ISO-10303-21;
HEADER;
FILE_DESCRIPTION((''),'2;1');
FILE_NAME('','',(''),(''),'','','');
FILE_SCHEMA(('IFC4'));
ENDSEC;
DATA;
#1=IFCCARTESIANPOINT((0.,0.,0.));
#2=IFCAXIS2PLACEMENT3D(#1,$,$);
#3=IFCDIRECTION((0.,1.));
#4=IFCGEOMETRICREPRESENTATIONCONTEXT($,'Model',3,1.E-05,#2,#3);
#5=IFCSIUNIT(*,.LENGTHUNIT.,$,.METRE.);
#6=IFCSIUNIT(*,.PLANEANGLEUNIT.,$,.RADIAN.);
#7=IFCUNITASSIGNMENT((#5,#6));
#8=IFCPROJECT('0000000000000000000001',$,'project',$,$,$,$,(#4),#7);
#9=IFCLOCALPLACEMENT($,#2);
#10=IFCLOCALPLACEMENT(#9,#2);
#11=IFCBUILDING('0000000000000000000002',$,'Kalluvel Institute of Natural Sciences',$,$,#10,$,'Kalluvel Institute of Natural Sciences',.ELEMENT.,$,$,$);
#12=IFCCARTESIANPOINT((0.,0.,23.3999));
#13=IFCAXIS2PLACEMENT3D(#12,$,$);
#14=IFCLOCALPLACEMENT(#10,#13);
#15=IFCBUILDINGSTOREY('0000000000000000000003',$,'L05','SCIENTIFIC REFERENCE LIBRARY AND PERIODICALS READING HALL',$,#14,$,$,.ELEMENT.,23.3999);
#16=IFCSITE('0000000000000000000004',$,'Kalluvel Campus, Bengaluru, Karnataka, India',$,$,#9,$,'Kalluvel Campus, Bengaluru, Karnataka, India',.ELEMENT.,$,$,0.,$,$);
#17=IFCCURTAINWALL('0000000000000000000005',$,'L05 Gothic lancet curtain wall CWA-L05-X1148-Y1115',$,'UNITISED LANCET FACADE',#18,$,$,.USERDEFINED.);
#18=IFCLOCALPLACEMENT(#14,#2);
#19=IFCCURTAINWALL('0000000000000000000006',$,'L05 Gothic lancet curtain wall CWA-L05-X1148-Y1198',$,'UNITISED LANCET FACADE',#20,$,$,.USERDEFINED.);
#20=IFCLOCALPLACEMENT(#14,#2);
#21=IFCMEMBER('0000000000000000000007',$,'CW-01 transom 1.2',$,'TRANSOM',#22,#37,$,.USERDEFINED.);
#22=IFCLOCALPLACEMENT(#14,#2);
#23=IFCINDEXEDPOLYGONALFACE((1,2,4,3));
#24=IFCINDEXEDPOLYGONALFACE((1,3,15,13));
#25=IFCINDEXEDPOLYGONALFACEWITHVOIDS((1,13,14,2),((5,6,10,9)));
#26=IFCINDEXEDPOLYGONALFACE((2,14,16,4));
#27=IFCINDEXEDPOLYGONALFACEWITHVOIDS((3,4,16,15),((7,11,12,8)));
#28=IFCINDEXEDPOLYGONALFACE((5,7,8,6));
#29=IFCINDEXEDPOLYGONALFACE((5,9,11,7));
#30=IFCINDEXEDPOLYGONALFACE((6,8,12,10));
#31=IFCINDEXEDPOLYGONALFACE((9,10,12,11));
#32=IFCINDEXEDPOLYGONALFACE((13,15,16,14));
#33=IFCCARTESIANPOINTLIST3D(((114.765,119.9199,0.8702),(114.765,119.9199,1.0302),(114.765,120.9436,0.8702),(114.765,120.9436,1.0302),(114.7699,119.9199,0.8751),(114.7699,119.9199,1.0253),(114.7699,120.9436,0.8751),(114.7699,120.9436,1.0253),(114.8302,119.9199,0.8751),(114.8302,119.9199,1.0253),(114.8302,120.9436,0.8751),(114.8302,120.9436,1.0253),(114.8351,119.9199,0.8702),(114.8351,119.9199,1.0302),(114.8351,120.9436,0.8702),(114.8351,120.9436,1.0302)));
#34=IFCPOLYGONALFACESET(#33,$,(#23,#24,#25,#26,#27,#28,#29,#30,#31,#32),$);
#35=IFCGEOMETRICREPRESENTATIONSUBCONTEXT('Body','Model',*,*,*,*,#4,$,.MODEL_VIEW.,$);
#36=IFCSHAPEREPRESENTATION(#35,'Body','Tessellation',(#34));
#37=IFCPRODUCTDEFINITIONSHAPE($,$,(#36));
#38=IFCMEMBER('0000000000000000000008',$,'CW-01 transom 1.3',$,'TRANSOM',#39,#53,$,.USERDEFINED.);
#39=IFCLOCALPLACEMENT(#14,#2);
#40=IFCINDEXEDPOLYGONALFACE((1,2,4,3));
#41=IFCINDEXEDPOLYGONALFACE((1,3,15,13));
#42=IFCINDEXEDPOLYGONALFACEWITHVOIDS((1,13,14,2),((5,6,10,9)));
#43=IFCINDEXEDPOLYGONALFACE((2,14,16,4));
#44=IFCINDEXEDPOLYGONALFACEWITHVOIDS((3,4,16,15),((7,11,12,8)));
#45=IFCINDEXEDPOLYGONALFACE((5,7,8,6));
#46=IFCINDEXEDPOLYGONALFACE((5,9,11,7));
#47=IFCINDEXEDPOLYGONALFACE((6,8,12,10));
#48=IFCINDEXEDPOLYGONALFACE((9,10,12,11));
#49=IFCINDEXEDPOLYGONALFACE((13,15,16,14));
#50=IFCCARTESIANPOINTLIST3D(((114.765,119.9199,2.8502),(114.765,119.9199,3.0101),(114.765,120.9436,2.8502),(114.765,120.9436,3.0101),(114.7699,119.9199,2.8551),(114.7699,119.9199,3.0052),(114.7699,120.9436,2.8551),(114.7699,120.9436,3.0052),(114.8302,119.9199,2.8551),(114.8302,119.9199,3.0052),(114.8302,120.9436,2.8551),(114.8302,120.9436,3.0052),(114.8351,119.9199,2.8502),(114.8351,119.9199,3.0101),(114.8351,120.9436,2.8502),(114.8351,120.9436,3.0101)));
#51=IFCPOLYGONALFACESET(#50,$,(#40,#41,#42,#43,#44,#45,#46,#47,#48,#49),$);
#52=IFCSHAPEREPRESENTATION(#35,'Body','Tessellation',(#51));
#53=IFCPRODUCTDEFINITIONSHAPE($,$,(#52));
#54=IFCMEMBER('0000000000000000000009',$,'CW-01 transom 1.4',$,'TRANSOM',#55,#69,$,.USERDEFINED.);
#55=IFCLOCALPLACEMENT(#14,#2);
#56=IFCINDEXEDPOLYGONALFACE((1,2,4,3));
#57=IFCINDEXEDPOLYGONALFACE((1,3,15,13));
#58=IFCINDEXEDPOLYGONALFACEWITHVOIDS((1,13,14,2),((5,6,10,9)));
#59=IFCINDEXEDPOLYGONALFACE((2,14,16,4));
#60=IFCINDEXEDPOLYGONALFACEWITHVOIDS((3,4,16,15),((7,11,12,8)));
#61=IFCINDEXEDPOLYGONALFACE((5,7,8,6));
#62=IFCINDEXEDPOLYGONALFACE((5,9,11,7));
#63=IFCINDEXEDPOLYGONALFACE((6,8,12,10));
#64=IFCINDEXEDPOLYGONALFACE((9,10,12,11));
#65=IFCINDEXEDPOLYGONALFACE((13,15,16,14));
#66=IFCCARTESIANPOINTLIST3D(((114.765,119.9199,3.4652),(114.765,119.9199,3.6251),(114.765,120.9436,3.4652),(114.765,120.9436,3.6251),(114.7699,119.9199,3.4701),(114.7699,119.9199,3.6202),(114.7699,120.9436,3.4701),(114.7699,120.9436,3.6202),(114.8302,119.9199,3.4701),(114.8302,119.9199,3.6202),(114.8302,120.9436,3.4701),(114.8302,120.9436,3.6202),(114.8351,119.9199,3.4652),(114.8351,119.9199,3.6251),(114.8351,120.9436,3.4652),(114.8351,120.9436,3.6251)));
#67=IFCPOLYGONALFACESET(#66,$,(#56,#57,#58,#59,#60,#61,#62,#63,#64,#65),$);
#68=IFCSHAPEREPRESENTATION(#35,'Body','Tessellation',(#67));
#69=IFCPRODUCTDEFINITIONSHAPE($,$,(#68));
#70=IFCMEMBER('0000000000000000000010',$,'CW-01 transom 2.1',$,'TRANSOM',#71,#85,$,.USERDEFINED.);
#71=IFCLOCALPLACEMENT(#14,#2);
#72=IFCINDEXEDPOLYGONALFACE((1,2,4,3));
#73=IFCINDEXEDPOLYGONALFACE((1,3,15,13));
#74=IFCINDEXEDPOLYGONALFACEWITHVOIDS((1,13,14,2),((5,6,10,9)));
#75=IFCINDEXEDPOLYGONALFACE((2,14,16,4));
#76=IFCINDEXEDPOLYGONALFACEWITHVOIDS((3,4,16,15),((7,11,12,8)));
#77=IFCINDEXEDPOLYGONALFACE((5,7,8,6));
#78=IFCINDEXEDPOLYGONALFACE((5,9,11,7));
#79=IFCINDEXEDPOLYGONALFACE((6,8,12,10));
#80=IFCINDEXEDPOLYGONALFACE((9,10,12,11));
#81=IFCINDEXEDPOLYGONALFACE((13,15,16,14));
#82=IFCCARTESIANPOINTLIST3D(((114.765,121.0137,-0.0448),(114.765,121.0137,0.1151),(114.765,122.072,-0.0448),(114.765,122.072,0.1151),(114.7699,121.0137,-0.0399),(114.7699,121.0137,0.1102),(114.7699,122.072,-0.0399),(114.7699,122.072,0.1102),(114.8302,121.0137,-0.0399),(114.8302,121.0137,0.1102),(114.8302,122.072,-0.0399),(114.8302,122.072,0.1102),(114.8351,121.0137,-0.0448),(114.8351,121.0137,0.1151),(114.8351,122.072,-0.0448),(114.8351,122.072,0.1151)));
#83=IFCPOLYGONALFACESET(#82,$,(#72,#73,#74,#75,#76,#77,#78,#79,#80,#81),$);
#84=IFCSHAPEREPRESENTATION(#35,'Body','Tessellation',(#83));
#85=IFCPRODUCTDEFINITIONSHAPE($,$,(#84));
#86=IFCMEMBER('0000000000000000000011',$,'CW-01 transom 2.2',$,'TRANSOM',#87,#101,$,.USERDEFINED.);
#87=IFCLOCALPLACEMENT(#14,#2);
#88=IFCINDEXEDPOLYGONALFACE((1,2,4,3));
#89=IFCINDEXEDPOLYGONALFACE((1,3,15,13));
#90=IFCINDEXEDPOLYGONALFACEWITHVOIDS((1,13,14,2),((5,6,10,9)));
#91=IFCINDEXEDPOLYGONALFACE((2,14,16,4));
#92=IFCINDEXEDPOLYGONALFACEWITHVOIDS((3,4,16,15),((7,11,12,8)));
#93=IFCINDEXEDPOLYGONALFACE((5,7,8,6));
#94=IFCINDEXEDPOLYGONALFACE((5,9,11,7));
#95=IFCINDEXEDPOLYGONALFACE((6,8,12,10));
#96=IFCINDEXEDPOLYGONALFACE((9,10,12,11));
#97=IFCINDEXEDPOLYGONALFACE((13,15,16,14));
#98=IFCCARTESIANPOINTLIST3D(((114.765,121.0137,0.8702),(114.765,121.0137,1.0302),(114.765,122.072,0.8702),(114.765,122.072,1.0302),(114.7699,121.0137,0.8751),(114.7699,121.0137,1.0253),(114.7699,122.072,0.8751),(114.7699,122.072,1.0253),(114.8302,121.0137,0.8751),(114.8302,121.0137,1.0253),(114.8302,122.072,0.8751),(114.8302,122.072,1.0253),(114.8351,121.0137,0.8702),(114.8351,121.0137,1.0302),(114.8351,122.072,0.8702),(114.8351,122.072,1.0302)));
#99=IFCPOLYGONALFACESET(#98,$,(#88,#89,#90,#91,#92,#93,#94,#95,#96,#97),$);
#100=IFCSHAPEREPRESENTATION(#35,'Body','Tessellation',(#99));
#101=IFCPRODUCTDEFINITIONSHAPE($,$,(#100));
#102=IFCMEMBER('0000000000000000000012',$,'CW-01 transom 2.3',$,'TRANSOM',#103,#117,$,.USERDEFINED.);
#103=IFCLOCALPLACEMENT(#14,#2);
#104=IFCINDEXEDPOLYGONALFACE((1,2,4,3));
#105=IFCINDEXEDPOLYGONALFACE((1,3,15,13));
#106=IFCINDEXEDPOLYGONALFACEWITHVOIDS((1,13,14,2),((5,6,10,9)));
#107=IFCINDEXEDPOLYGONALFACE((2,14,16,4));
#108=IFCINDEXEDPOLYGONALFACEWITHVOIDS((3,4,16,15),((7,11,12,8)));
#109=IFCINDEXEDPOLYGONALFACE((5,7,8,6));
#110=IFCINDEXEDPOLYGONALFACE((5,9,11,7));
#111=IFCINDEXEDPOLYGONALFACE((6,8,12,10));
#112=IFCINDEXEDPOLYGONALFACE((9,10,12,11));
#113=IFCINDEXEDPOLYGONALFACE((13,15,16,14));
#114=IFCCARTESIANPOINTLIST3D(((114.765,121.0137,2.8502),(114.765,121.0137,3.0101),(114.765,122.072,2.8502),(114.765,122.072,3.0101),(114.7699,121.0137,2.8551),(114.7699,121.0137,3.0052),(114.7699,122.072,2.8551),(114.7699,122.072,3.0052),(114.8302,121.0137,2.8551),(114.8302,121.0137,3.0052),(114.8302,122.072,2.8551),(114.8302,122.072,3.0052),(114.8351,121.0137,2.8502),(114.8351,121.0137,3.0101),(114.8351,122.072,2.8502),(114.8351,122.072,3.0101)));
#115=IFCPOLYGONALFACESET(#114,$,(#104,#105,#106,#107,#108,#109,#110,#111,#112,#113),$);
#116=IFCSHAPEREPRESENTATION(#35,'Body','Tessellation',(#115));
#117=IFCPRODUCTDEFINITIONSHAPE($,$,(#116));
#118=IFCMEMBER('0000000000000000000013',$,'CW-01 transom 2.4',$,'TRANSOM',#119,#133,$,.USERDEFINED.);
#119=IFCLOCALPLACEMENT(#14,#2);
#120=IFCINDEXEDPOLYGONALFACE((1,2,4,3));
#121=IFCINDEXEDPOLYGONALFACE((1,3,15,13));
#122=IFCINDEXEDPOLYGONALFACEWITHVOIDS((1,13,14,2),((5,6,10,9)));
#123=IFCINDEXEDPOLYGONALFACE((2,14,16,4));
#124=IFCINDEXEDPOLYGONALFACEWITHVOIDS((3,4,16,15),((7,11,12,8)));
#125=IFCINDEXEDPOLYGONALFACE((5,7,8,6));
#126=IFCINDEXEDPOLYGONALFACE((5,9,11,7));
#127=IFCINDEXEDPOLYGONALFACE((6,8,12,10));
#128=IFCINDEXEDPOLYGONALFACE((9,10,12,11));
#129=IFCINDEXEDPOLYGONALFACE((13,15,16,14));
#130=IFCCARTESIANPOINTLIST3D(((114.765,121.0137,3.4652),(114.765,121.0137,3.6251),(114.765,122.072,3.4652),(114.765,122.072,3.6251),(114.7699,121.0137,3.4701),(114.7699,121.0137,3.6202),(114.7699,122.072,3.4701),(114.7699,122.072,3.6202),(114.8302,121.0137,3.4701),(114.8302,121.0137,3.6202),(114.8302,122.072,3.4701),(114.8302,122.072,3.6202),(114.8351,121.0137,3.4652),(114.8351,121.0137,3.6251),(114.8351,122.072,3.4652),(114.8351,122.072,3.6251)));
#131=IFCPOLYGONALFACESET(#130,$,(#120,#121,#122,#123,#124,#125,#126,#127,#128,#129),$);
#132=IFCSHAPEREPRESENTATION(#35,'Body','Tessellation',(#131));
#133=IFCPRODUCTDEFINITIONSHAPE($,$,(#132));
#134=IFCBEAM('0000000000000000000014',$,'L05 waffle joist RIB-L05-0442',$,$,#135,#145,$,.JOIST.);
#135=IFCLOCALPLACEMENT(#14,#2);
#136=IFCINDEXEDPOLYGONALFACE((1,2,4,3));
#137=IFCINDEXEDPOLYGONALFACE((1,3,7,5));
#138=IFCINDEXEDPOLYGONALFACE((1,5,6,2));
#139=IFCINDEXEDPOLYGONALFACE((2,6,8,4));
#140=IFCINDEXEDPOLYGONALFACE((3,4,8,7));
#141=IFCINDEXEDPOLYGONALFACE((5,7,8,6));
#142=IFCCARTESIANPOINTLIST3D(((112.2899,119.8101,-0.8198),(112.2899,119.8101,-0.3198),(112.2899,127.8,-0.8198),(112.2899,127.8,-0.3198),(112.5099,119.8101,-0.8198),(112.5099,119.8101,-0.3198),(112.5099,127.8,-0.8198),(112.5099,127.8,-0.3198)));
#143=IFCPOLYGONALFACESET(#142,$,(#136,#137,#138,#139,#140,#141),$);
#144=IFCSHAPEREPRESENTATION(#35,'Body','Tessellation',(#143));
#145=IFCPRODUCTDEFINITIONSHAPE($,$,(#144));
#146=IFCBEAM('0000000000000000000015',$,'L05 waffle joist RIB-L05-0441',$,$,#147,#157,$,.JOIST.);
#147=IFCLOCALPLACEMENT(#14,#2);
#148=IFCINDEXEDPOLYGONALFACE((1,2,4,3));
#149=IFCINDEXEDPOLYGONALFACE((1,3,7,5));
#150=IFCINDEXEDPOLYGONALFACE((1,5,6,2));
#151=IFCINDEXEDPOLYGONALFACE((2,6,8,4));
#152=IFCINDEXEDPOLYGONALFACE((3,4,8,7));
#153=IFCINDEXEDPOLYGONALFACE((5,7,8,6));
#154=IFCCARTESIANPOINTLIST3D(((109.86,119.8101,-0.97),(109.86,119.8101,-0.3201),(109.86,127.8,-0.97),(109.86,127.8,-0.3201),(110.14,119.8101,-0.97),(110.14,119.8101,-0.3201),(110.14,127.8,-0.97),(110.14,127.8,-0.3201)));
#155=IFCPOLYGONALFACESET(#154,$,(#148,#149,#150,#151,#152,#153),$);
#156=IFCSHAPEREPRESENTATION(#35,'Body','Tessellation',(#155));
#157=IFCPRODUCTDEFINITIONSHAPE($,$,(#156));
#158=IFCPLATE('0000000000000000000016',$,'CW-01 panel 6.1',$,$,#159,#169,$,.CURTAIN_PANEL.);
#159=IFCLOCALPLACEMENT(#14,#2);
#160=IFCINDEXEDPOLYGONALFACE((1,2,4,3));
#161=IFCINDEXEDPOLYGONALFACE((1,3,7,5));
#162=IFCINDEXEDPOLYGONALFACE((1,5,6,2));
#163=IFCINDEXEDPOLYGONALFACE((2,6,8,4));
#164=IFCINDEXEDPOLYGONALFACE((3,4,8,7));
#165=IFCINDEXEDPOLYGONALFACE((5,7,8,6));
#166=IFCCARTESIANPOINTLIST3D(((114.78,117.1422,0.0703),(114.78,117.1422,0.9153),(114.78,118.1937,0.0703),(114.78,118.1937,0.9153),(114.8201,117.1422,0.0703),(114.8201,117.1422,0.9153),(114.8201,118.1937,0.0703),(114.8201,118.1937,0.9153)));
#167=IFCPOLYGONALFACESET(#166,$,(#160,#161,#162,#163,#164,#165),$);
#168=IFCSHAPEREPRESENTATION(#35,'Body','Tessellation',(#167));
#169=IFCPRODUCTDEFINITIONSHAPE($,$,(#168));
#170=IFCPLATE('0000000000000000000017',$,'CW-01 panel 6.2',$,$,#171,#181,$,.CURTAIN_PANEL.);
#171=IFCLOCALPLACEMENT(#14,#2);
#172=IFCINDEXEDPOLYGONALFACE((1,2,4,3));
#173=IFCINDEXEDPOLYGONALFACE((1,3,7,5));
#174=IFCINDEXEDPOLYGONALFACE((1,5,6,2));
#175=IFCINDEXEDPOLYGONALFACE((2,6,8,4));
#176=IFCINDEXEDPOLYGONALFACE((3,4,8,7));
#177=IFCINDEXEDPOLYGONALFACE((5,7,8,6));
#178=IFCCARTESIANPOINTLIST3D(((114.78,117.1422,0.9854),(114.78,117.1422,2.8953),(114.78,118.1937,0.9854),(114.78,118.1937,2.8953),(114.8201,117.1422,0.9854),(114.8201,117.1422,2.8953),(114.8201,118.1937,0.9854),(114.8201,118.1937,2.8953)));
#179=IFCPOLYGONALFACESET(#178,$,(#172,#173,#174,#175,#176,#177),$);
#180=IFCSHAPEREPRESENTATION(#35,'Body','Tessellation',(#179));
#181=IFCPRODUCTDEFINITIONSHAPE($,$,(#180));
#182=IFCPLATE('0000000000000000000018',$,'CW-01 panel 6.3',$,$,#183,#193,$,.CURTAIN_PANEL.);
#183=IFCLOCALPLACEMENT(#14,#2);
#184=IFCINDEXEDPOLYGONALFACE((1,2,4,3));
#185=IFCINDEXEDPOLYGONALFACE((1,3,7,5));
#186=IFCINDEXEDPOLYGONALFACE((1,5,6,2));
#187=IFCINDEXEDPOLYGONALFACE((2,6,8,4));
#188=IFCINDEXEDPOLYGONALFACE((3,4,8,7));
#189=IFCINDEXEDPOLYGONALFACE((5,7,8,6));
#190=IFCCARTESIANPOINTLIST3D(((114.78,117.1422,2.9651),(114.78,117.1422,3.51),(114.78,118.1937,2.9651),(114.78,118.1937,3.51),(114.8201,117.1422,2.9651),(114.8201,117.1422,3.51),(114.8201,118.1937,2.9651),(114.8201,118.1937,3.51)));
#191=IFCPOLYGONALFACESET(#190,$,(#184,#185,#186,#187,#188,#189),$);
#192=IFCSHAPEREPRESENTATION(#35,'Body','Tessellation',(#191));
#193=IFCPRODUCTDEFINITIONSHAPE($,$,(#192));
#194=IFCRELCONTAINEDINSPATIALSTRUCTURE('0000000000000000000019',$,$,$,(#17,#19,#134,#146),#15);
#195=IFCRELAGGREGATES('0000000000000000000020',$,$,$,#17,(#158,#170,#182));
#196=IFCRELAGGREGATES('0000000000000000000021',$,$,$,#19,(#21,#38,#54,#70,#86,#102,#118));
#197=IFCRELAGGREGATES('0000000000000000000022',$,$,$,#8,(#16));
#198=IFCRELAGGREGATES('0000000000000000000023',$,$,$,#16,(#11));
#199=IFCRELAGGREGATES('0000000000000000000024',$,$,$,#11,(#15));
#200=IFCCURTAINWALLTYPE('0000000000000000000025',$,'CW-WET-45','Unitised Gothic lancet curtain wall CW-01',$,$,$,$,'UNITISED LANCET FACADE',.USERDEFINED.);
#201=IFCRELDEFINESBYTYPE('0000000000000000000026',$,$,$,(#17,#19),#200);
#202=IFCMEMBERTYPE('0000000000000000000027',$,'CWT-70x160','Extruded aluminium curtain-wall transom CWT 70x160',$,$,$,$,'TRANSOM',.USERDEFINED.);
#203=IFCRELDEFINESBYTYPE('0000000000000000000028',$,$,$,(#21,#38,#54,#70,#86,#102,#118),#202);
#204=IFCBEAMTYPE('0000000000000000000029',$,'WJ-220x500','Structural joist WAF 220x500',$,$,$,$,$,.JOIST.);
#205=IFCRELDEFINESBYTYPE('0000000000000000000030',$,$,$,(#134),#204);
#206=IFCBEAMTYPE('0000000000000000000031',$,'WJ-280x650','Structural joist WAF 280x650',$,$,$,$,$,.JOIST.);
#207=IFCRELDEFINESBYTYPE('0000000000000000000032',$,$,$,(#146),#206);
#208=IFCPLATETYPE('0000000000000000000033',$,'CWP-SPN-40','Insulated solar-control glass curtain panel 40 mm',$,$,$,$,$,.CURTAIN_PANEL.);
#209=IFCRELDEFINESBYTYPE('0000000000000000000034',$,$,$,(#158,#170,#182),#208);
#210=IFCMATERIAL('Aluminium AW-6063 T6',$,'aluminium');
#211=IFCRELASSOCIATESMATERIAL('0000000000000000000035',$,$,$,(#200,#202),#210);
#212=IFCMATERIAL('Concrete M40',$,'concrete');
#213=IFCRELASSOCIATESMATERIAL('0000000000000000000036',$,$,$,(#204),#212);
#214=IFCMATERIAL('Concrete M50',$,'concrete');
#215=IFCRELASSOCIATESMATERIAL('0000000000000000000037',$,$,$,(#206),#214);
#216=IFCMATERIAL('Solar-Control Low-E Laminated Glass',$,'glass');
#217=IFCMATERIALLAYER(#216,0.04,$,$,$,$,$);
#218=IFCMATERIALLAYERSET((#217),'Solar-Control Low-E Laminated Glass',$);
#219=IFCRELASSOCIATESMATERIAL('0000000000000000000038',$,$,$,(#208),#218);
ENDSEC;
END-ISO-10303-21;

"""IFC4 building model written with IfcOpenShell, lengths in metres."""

from ifc_helpers import new_model, si_unit, direction, frame, origin, origin_2d, place, context, subcontext, project, spatial, rectangle, hollow_rectangle, extrude, material, layer, layer_set, material_profile, profile_set, type_object, element, aggregate, save


model = new_model("IFC4")

# Units and contexts
model_context = context("Model", 3, precision=1e-05, world=origin(), true_north=direction((0.0, 1.0)))
body_context = subcontext(model_context, "Body", "Model", "MODEL_VIEW")
ifc_project = project(units=[si_unit("LENGTHUNIT", "METRE"), si_unit("PLANEANGLEUNIT", "RADIAN")], contexts=[model_context])

# Site, building, storey
site_placement = place(None, origin())
site = spatial("IfcSite", under=ifc_project, at=site_placement, Name="Kalluvel Campus, Bengaluru, Karnataka, India", LongName="Kalluvel Campus, Bengaluru, Karnataka, India", CompositionType="ELEMENT", RefElevation=0.0)
building_placement = place(site_placement, origin())
building = spatial("IfcBuilding", under=site, at=building_placement, Name="Kalluvel Institute of Natural Sciences", LongName="Kalluvel Institute of Natural Sciences", CompositionType="ELEMENT")
storey_placement = place(building_placement, frame((0.0, 0.0, 23.3999)))
storey = spatial("IfcBuildingStorey", under=building, at=storey_placement, Name="L05", Description="SCIENTIFIC REFERENCE LIBRARY AND PERIODICALS READING HALL", CompositionType="ELEMENT", Elevation=23.3999)

# Shared definitions
ifc_material_1 = material(Name="Concrete M40", Category="concrete")

# Shared definitions
ifc_material_2 = material(Name="Concrete M50", Category="concrete")

# Curtain walls
ifc_material_3 = material(Name="Aluminium AW-6063 T6", Category="aluminium")
curtain_wall_type = type_object("IfcCurtainWallType", Name="CW-WET-45", Description="Unitised Gothic lancet curtain wall CW-01", ElementType="UNITISED LANCET FACADE", PredefinedType="USERDEFINED", material=ifc_material_3)
curtain_wall_1_placement = place(storey_placement, origin())
curtain_wall_1 = element("IfcCurtainWall", 1, at=curtain_wall_1_placement, inside=storey, type_object=curtain_wall_type, Name="L05 Gothic lancet curtain wall CWA-L05-X1148-Y1115", ObjectType="UNITISED LANCET FACADE", PredefinedType="USERDEFINED")
curtain_wall_2_placement = place(storey_placement, origin())
curtain_wall_2 = element("IfcCurtainWall", 2, at=curtain_wall_2_placement, inside=storey, type_object=curtain_wall_type, Name="L05 Gothic lancet curtain wall CWA-L05-X1148-Y1198", ObjectType="UNITISED LANCET FACADE", PredefinedType="USERDEFINED")

# Members
ifc_material_profile_1 = material_profile(ifc_material_3, hollow_rectangle(XDim=0.0701, YDim=0.1599, WallThickness=0.0049, at=origin_2d()), Name="CWT 70x160")
ifc_profile_set_1 = profile_set([ifc_material_profile_1], Name="Aluminium AW-6063 T6")
member_type_1 = type_object("IfcMemberType", Name="CWT-70x160", Description="Extruded aluminium curtain-wall transom CWT 70x160", ElementType="TRANSOM", PredefinedType="USERDEFINED", material=ifc_profile_set_1)
member_1_placement = place(storey_placement, frame((114.8, 119.9199, 0.9502), z_axis=(0.0, 1.0, 0.0), x_axis=(-1.0, 0.0, 0.0)))
member_1 = element("IfcMember", 3, at=member_1_placement, type_object=member_type_1, Name="CW-01 transom 1.2", ObjectType="TRANSOM", PredefinedType="USERDEFINED", context=body_context, shape_type="SweptSolid", body=[
    extrude(hollow_rectangle(XDim=0.0701, YDim=0.1599, WallThickness=0.0049, at=origin_2d()), origin(), (0.0, 0.0, 1.0), 1.0237),
])
member_2_placement = place(storey_placement, frame((114.8, 119.9199, 2.9302), z_axis=(0.0, 1.0, 0.0), x_axis=(-1.0, 0.0, 0.0)))
member_2 = element("IfcMember", 4, at=member_2_placement, type_object=member_type_1, Name="CW-01 transom 1.3", ObjectType="TRANSOM", PredefinedType="USERDEFINED", context=body_context, shape_type="SweptSolid", body=[
    extrude(hollow_rectangle(XDim=0.0701, YDim=0.1599, WallThickness=0.0049, at=origin_2d()), origin(), (0.0, 0.0, 1.0), 1.0237),
])
member_3_placement = place(storey_placement, frame((114.8, 119.9199, 3.5452), z_axis=(0.0, 1.0, 0.0), x_axis=(-1.0, 0.0, 0.0)))
member_3 = element("IfcMember", 5, at=member_3_placement, type_object=member_type_1, Name="CW-01 transom 1.4", ObjectType="TRANSOM", PredefinedType="USERDEFINED", context=body_context, shape_type="SweptSolid", body=[
    extrude(hollow_rectangle(XDim=0.0701, YDim=0.1599, WallThickness=0.0049, at=origin_2d()), origin(), (0.0, 0.0, 1.0), 1.0237),
])
member_4_placement = place(storey_placement, frame((114.8, 121.0137, 0.0352), z_axis=(0.0, 1.0, 0.0), x_axis=(-1.0, 0.0, 0.0)))
member_4 = element("IfcMember", 6, at=member_4_placement, type_object=member_type_1, Name="CW-01 transom 2.1", ObjectType="TRANSOM", PredefinedType="USERDEFINED", context=body_context, shape_type="SweptSolid", body=[
    extrude(hollow_rectangle(XDim=0.0701, YDim=0.1599, WallThickness=0.0049, at=origin_2d()), origin(), (0.0, 0.0, 1.0), 1.0583),
])
member_5_placement = place(storey_placement, frame((114.8, 121.0137, 0.9502), z_axis=(0.0, 1.0, 0.0), x_axis=(-1.0, 0.0, 0.0)))
member_5 = element("IfcMember", 7, at=member_5_placement, type_object=member_type_1, Name="CW-01 transom 2.2", ObjectType="TRANSOM", PredefinedType="USERDEFINED", context=body_context, shape_type="SweptSolid", body=[
    extrude(hollow_rectangle(XDim=0.0701, YDim=0.1599, WallThickness=0.0049, at=origin_2d()), origin(), (0.0, 0.0, 1.0), 1.0583),
])
member_6_placement = place(storey_placement, frame((114.8, 121.0137, 2.9302), z_axis=(0.0, 1.0, 0.0), x_axis=(-1.0, 0.0, 0.0)))
member_6 = element("IfcMember", 8, at=member_6_placement, type_object=member_type_1, Name="CW-01 transom 2.3", ObjectType="TRANSOM", PredefinedType="USERDEFINED", context=body_context, shape_type="SweptSolid", body=[
    extrude(hollow_rectangle(XDim=0.0701, YDim=0.1599, WallThickness=0.0049, at=origin_2d()), origin(), (0.0, 0.0, 1.0), 1.0583),
])
member_7_placement = place(storey_placement, frame((114.8, 121.0137, 3.5452), z_axis=(0.0, 1.0, 0.0), x_axis=(-1.0, 0.0, 0.0)))
member_7 = element("IfcMember", 9, at=member_7_placement, type_object=member_type_1, Name="CW-01 transom 2.4", ObjectType="TRANSOM", PredefinedType="USERDEFINED", context=body_context, shape_type="SweptSolid", body=[
    extrude(hollow_rectangle(XDim=0.0701, YDim=0.1599, WallThickness=0.0049, at=origin_2d()), origin(), (0.0, 0.0, 1.0), 1.0583),
])

# Beams
ifc_material_profile_2 = material_profile(ifc_material_1, rectangle(XDim=0.22, YDim=0.5, at=origin_2d()), Name="WAF 220x500")
ifc_profile_set_2 = profile_set([ifc_material_profile_2], Name="Concrete M40")
beam_type_1 = type_object("IfcBeamType", Name="WJ-220x500", Description="Structural joist WAF 220x500", PredefinedType="JOIST", material=ifc_profile_set_2)
beam_1_placement = place(storey_placement, frame((112.3999, 119.8101, -0.5698), z_axis=(0.0, 1.0, 0.0), x_axis=(-1.0, 0.0, 0.0)))
element("IfcBeam", 10, at=beam_1_placement, inside=storey, type_object=beam_type_1, Name="L05 waffle joist RIB-L05-0442", PredefinedType="JOIST", context=body_context, shape_type="SweptSolid", body=[
    extrude(rectangle(XDim=0.22, YDim=0.5, at=origin_2d()), origin(), (0.0, 0.0, 1.0), 7.99),
])
ifc_material_profile_3 = material_profile(ifc_material_2, rectangle(XDim=0.28, YDim=0.6499, at=origin_2d()), Name="WAF 280x650")
ifc_profile_set_3 = profile_set([ifc_material_profile_3], Name="Concrete M50")
beam_type_2 = type_object("IfcBeamType", Name="WJ-280x650", Description="Structural joist WAF 280x650", PredefinedType="JOIST", material=ifc_profile_set_3)
beam_2_placement = place(storey_placement, frame((110.0, 119.8101, -0.645), z_axis=(0.0, 1.0, 0.0), x_axis=(-1.0, 0.0, 0.0)))
element("IfcBeam", 11, at=beam_2_placement, inside=storey, type_object=beam_type_2, Name="L05 waffle joist RIB-L05-0441", PredefinedType="JOIST", context=body_context, shape_type="SweptSolid", body=[
    extrude(rectangle(XDim=0.28, YDim=0.6499, at=origin_2d()), origin(), (0.0, 0.0, 1.0), 7.99),
])

# Plates
ifc_material_4 = material(Name="Solar-Control Low-E Laminated Glass", Category="glass")
ifc_layer = layer(ifc_material_4, 0.04)
ifc_layer_set = layer_set([ifc_layer], Name="Solar-Control Low-E Laminated Glass")
plate_type = type_object("IfcPlateType", Name="CWP-SPN-40", Description="Insulated solar-control glass curtain panel 40 mm", PredefinedType="CURTAIN_PANEL", material=ifc_layer_set)
plate_1_placement = place(storey_placement, frame((114.8, 117.668, 0.0703), z_axis=(0.0, 0.0, 1.0), x_axis=(0.0, 1.0, 0.0)))
plate_1 = element("IfcPlate", 12, at=plate_1_placement, type_object=plate_type, Name="CW-01 panel 6.1", PredefinedType="CURTAIN_PANEL", context=body_context, shape_type="SweptSolid", body=[
    extrude(rectangle(XDim=1.0515, YDim=0.04, at=origin_2d()), origin(), (0.0, 0.0, 1.0), 0.845),
])
plate_2_placement = place(storey_placement, frame((114.8, 117.668, 0.9854), z_axis=(0.0, 0.0, 1.0), x_axis=(0.0, 1.0, 0.0)))
plate_2 = element("IfcPlate", 13, at=plate_2_placement, type_object=plate_type, Name="CW-01 panel 6.2", PredefinedType="CURTAIN_PANEL", context=body_context, shape_type="SweptSolid", body=[
    extrude(rectangle(XDim=1.0515, YDim=0.04, at=origin_2d()), origin(), (0.0, 0.0, 1.0), 1.9099),
])
plate_3_placement = place(storey_placement, frame((114.8, 117.668, 2.9651), z_axis=(0.0, 0.0, 1.0), x_axis=(0.0, 1.0, 0.0)))
plate_3 = element("IfcPlate", 14, at=plate_3_placement, type_object=plate_type, Name="CW-01 panel 6.3", PredefinedType="CURTAIN_PANEL", context=body_context, shape_type="SweptSolid", body=[
    extrude(rectangle(XDim=1.0515, YDim=0.04, at=origin_2d()), origin(), (0.0, 0.0, 1.0), 0.5449),
])
aggregate(curtain_wall_1, [plate_1, plate_2, plate_3])
aggregate(curtain_wall_2, [member_1, member_2, member_3, member_4, member_5, member_6, member_7])

save(model, "model.ifc")
